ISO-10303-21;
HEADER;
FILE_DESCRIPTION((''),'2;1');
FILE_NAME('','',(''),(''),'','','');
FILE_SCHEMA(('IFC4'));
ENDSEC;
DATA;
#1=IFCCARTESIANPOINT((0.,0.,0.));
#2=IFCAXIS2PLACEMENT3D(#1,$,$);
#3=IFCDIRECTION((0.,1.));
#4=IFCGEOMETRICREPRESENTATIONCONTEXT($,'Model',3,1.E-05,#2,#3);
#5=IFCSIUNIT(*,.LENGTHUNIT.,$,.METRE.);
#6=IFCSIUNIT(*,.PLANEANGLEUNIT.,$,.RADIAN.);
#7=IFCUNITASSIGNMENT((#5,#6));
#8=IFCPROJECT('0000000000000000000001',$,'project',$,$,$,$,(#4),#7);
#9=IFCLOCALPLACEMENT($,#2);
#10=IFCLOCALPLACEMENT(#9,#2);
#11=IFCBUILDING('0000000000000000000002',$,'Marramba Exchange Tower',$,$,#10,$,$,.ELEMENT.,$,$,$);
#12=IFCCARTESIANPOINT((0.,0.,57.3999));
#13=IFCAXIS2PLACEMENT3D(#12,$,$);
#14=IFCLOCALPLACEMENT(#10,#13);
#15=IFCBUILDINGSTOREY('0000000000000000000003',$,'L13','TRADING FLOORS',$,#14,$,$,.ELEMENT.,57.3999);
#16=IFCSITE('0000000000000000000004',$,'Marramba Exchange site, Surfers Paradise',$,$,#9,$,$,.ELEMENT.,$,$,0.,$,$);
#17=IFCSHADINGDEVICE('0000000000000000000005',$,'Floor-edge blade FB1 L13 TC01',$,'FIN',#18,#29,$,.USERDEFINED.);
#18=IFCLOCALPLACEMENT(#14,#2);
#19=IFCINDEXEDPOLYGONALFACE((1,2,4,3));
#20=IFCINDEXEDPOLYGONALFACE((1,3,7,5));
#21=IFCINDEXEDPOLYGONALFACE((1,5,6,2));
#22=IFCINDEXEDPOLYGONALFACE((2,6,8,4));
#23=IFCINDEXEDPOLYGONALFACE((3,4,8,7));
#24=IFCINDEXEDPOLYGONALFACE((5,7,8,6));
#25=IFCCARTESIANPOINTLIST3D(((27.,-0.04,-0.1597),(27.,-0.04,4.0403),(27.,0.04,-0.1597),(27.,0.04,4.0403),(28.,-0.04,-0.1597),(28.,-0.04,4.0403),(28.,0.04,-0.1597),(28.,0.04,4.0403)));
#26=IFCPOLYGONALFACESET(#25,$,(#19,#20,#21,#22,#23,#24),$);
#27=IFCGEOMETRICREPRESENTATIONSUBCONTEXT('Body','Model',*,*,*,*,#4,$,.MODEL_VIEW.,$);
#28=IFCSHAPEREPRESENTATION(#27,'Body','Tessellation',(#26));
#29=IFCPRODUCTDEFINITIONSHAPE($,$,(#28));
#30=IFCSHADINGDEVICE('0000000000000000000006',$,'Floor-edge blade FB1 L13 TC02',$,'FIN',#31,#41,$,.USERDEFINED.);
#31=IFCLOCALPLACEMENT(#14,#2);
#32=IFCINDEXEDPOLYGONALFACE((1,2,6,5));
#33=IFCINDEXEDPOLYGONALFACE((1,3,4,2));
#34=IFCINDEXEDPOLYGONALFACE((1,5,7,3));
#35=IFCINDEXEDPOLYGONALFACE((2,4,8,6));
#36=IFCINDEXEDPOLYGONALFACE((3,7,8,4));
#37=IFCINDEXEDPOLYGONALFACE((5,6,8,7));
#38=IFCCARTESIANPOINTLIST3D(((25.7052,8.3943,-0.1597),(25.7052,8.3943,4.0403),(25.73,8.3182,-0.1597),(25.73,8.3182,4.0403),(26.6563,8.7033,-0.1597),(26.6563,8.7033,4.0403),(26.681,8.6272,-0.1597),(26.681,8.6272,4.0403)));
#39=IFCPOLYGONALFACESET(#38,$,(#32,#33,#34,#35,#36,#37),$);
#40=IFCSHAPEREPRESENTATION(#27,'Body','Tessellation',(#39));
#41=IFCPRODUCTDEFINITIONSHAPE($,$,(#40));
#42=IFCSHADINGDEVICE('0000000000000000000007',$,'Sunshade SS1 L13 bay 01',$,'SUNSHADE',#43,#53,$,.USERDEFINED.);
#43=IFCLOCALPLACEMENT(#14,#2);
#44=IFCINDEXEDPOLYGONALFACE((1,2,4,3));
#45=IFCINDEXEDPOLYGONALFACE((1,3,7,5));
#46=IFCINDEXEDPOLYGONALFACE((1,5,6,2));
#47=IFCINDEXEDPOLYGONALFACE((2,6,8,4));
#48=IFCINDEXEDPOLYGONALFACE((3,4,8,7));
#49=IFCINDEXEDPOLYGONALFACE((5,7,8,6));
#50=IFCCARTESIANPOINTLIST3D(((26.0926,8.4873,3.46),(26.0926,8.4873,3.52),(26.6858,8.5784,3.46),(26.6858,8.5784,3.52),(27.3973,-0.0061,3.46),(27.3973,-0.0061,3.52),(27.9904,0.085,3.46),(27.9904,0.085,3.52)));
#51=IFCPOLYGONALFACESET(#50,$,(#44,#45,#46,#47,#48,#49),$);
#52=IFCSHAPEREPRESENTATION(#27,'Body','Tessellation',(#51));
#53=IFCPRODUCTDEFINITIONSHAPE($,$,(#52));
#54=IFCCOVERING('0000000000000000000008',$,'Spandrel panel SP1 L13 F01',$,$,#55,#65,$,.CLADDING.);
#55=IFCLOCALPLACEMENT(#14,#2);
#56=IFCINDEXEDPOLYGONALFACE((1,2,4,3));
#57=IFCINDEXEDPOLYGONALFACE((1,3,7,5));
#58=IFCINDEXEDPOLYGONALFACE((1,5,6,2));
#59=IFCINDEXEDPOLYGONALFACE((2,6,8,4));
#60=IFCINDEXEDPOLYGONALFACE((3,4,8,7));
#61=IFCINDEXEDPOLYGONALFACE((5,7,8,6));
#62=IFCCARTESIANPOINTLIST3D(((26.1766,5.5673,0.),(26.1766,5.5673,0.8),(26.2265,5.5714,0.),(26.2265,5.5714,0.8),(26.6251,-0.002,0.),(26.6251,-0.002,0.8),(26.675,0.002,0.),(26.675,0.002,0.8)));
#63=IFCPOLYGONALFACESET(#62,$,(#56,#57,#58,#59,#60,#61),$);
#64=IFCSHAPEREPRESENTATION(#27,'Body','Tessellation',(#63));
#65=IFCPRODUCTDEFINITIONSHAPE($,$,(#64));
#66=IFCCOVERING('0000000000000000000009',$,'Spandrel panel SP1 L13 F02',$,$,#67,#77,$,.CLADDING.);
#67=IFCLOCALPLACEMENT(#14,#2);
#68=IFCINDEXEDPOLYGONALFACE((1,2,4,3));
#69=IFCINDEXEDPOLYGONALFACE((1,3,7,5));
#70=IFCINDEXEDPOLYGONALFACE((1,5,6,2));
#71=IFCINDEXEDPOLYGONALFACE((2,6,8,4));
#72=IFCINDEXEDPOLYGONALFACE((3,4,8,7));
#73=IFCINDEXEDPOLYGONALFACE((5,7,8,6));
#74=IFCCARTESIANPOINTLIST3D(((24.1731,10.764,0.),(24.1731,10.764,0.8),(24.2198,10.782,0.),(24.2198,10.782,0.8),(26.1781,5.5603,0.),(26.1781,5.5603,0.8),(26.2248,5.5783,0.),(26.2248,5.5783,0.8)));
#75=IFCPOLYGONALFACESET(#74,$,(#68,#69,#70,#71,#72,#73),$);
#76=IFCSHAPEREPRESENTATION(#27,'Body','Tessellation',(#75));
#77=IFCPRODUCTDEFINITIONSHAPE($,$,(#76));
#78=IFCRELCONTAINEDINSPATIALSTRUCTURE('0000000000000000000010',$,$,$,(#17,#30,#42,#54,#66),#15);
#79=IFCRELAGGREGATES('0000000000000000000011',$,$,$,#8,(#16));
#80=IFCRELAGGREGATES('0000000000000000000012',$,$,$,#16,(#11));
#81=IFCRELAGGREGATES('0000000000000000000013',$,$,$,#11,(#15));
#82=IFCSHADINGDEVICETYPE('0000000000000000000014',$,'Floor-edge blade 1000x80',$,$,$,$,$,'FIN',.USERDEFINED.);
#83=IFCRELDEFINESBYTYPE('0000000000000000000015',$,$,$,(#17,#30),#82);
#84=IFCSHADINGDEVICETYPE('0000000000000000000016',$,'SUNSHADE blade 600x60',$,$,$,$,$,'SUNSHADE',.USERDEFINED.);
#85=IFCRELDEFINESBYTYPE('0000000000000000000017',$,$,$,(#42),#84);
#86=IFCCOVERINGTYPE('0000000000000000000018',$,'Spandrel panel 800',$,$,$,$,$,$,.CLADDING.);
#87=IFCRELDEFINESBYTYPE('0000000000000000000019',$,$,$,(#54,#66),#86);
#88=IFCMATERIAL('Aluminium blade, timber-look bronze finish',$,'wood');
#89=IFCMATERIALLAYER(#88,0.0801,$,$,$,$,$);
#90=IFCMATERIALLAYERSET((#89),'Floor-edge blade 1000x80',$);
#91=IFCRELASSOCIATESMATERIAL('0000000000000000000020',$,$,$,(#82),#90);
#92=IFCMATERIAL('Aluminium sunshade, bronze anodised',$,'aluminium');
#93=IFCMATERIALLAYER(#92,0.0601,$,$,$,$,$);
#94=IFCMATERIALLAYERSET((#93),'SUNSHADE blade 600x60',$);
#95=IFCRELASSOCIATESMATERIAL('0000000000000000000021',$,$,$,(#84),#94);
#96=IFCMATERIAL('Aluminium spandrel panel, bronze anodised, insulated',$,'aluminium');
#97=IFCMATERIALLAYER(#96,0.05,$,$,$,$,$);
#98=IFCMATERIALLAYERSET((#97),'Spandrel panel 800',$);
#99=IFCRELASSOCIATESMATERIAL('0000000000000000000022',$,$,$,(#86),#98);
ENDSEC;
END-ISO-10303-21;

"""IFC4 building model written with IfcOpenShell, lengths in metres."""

from ifc_helpers import new_model, si_unit, direction, frame, origin, origin_2d, place, context, subcontext, project, spatial, rectangle, extrude, material, layer, layer_set, type_object, element, save


model = new_model("IFC4")

# Units and contexts
model_context = context("Model", 3, precision=1e-05, world=origin(), true_north=direction((0.0, 1.0)))
body_context = subcontext(model_context, "Body", "Model", "MODEL_VIEW")
ifc_project = project(units=[si_unit("LENGTHUNIT", "METRE"), si_unit("PLANEANGLEUNIT", "RADIAN")], contexts=[model_context])

# Site, building, storey
site_placement = place(None, origin())
site = spatial("IfcSite", under=ifc_project, at=site_placement, Name="Marramba Exchange site, Surfers Paradise", CompositionType="ELEMENT", RefElevation=0.0)
building_placement = place(site_placement, origin())
building = spatial("IfcBuilding", under=site, at=building_placement, Name="Marramba Exchange Tower", CompositionType="ELEMENT")
storey_placement = place(building_placement, frame((0.0, 0.0, 57.3999)))
storey = spatial("IfcBuildingStorey", under=building, at=storey_placement, Name="L13", Description="TRADING FLOORS", CompositionType="ELEMENT", Elevation=57.3999)

# Shading devices
ifc_material_1 = material(Name="Aluminium blade, timber-look bronze finish", Category="wood")
ifc_layer_1 = layer(ifc_material_1, 0.0801)
ifc_layer_set_1 = layer_set([ifc_layer_1], Name="Floor-edge blade 1000x80")
shading_device_type_1 = type_object("IfcShadingDeviceType", Name="Floor-edge blade 1000x80", ElementType="FIN", PredefinedType="USERDEFINED", material=ifc_layer_set_1)
for number, where, z_axis, x_axis, name in (
    (1, (27.5, 0.0, -0.1597), (0.0, 0.0, 1.0), (1.0, 0.0, 0.0), "Floor-edge blade FB1 L13 TC01"),
    (2, (26.1931, 8.5107, -0.1597), (0.0, 0.0, 1.0), (0.951057, 0.309017, 0.0), "Floor-edge blade FB1 L13 TC02"),
):
    element("IfcShadingDevice", number, at=place(storey_placement, frame(where, z_axis=z_axis, x_axis=x_axis)), inside=storey, type_object=shading_device_type_1, Name=name, ObjectType="FIN", PredefinedType="USERDEFINED", context=body_context, shape_type="SweptSolid", body=[
        extrude(rectangle(XDim=1.0, YDim=0.0801, at=origin_2d()), origin(), (0.0, 0.0, 1.0), 4.2),
    ])
ifc_material_2 = material(Name="Aluminium sunshade, bronze anodised", Category="aluminium")
ifc_layer_2 = layer(ifc_material_2, 0.0601)
ifc_layer_set_2 = layer_set([ifc_layer_2], Name="SUNSHADE blade 600x60")
shading_device_type_2 = type_object("IfcShadingDeviceType", Name="SUNSHADE blade 600x60", ElementType="SUNSHADE", PredefinedType="USERDEFINED", material=ifc_layer_set_2)
shading_device_placement = place(storey_placement, frame((27.0415, 4.2861, 3.46), z_axis=(0.0, 0.0, 1.0), x_axis=(-0.151825, 0.988407, 0.0)))
element("IfcShadingDevice", 3, at=shading_device_placement, inside=storey, type_object=shading_device_type_2, Name="Sunshade SS1 L13 bay 01", ObjectType="SUNSHADE", PredefinedType="USERDEFINED", context=body_context, shape_type="SweptSolid", body=[
    extrude(rectangle(XDim=8.593, YDim=0.6001, at=origin_2d()), origin(), (0.0, 0.0, 1.0), 0.0601),
])

# Coverings
ifc_material_3 = material(Name="Aluminium spandrel panel, bronze anodised, insulated", Category="aluminium")
ifc_layer_3 = layer(ifc_material_3, 0.05)
ifc_layer_set_3 = layer_set([ifc_layer_3], Name="Spandrel panel 800")
covering_type = type_object("IfcCoveringType", Name="Spandrel panel 800", PredefinedType="CLADDING", material=ifc_layer_set_3)
covering_1_placement = place(storey_placement, frame((26.4258, 2.7847, 0.0), z_axis=(0.0, 0.0, 1.0), x_axis=(-0.080275, 0.996773, 0.0)))
element("IfcCovering", 4, at=covering_1_placement, inside=storey, type_object=covering_type, Name="Spandrel panel SP1 L13 F01", PredefinedType="CLADDING", context=body_context, shape_type="SweptSolid", body=[
    extrude(rectangle(XDim=5.5874, YDim=0.05, at=origin_2d()), origin(), (0.0, 0.0, 1.0), 0.8),
])
covering_2_placement = place(storey_placement, frame((25.199, 8.1711, 0.0), z_axis=(0.0, 0.0, 1.0), x_axis=(-0.359526, 0.933135, 0.0)))
element("IfcCovering", 5, at=covering_2_placement, inside=storey, type_object=covering_type, Name="Spandrel panel SP1 L13 F02", PredefinedType="CLADDING", context=body_context, shape_type="SweptSolid", body=[
    extrude(rectangle(XDim=5.5767, YDim=0.05, at=origin_2d()), origin(), (0.0, 0.0, 1.0), 0.8),
])

save(model, "model.ifc")
